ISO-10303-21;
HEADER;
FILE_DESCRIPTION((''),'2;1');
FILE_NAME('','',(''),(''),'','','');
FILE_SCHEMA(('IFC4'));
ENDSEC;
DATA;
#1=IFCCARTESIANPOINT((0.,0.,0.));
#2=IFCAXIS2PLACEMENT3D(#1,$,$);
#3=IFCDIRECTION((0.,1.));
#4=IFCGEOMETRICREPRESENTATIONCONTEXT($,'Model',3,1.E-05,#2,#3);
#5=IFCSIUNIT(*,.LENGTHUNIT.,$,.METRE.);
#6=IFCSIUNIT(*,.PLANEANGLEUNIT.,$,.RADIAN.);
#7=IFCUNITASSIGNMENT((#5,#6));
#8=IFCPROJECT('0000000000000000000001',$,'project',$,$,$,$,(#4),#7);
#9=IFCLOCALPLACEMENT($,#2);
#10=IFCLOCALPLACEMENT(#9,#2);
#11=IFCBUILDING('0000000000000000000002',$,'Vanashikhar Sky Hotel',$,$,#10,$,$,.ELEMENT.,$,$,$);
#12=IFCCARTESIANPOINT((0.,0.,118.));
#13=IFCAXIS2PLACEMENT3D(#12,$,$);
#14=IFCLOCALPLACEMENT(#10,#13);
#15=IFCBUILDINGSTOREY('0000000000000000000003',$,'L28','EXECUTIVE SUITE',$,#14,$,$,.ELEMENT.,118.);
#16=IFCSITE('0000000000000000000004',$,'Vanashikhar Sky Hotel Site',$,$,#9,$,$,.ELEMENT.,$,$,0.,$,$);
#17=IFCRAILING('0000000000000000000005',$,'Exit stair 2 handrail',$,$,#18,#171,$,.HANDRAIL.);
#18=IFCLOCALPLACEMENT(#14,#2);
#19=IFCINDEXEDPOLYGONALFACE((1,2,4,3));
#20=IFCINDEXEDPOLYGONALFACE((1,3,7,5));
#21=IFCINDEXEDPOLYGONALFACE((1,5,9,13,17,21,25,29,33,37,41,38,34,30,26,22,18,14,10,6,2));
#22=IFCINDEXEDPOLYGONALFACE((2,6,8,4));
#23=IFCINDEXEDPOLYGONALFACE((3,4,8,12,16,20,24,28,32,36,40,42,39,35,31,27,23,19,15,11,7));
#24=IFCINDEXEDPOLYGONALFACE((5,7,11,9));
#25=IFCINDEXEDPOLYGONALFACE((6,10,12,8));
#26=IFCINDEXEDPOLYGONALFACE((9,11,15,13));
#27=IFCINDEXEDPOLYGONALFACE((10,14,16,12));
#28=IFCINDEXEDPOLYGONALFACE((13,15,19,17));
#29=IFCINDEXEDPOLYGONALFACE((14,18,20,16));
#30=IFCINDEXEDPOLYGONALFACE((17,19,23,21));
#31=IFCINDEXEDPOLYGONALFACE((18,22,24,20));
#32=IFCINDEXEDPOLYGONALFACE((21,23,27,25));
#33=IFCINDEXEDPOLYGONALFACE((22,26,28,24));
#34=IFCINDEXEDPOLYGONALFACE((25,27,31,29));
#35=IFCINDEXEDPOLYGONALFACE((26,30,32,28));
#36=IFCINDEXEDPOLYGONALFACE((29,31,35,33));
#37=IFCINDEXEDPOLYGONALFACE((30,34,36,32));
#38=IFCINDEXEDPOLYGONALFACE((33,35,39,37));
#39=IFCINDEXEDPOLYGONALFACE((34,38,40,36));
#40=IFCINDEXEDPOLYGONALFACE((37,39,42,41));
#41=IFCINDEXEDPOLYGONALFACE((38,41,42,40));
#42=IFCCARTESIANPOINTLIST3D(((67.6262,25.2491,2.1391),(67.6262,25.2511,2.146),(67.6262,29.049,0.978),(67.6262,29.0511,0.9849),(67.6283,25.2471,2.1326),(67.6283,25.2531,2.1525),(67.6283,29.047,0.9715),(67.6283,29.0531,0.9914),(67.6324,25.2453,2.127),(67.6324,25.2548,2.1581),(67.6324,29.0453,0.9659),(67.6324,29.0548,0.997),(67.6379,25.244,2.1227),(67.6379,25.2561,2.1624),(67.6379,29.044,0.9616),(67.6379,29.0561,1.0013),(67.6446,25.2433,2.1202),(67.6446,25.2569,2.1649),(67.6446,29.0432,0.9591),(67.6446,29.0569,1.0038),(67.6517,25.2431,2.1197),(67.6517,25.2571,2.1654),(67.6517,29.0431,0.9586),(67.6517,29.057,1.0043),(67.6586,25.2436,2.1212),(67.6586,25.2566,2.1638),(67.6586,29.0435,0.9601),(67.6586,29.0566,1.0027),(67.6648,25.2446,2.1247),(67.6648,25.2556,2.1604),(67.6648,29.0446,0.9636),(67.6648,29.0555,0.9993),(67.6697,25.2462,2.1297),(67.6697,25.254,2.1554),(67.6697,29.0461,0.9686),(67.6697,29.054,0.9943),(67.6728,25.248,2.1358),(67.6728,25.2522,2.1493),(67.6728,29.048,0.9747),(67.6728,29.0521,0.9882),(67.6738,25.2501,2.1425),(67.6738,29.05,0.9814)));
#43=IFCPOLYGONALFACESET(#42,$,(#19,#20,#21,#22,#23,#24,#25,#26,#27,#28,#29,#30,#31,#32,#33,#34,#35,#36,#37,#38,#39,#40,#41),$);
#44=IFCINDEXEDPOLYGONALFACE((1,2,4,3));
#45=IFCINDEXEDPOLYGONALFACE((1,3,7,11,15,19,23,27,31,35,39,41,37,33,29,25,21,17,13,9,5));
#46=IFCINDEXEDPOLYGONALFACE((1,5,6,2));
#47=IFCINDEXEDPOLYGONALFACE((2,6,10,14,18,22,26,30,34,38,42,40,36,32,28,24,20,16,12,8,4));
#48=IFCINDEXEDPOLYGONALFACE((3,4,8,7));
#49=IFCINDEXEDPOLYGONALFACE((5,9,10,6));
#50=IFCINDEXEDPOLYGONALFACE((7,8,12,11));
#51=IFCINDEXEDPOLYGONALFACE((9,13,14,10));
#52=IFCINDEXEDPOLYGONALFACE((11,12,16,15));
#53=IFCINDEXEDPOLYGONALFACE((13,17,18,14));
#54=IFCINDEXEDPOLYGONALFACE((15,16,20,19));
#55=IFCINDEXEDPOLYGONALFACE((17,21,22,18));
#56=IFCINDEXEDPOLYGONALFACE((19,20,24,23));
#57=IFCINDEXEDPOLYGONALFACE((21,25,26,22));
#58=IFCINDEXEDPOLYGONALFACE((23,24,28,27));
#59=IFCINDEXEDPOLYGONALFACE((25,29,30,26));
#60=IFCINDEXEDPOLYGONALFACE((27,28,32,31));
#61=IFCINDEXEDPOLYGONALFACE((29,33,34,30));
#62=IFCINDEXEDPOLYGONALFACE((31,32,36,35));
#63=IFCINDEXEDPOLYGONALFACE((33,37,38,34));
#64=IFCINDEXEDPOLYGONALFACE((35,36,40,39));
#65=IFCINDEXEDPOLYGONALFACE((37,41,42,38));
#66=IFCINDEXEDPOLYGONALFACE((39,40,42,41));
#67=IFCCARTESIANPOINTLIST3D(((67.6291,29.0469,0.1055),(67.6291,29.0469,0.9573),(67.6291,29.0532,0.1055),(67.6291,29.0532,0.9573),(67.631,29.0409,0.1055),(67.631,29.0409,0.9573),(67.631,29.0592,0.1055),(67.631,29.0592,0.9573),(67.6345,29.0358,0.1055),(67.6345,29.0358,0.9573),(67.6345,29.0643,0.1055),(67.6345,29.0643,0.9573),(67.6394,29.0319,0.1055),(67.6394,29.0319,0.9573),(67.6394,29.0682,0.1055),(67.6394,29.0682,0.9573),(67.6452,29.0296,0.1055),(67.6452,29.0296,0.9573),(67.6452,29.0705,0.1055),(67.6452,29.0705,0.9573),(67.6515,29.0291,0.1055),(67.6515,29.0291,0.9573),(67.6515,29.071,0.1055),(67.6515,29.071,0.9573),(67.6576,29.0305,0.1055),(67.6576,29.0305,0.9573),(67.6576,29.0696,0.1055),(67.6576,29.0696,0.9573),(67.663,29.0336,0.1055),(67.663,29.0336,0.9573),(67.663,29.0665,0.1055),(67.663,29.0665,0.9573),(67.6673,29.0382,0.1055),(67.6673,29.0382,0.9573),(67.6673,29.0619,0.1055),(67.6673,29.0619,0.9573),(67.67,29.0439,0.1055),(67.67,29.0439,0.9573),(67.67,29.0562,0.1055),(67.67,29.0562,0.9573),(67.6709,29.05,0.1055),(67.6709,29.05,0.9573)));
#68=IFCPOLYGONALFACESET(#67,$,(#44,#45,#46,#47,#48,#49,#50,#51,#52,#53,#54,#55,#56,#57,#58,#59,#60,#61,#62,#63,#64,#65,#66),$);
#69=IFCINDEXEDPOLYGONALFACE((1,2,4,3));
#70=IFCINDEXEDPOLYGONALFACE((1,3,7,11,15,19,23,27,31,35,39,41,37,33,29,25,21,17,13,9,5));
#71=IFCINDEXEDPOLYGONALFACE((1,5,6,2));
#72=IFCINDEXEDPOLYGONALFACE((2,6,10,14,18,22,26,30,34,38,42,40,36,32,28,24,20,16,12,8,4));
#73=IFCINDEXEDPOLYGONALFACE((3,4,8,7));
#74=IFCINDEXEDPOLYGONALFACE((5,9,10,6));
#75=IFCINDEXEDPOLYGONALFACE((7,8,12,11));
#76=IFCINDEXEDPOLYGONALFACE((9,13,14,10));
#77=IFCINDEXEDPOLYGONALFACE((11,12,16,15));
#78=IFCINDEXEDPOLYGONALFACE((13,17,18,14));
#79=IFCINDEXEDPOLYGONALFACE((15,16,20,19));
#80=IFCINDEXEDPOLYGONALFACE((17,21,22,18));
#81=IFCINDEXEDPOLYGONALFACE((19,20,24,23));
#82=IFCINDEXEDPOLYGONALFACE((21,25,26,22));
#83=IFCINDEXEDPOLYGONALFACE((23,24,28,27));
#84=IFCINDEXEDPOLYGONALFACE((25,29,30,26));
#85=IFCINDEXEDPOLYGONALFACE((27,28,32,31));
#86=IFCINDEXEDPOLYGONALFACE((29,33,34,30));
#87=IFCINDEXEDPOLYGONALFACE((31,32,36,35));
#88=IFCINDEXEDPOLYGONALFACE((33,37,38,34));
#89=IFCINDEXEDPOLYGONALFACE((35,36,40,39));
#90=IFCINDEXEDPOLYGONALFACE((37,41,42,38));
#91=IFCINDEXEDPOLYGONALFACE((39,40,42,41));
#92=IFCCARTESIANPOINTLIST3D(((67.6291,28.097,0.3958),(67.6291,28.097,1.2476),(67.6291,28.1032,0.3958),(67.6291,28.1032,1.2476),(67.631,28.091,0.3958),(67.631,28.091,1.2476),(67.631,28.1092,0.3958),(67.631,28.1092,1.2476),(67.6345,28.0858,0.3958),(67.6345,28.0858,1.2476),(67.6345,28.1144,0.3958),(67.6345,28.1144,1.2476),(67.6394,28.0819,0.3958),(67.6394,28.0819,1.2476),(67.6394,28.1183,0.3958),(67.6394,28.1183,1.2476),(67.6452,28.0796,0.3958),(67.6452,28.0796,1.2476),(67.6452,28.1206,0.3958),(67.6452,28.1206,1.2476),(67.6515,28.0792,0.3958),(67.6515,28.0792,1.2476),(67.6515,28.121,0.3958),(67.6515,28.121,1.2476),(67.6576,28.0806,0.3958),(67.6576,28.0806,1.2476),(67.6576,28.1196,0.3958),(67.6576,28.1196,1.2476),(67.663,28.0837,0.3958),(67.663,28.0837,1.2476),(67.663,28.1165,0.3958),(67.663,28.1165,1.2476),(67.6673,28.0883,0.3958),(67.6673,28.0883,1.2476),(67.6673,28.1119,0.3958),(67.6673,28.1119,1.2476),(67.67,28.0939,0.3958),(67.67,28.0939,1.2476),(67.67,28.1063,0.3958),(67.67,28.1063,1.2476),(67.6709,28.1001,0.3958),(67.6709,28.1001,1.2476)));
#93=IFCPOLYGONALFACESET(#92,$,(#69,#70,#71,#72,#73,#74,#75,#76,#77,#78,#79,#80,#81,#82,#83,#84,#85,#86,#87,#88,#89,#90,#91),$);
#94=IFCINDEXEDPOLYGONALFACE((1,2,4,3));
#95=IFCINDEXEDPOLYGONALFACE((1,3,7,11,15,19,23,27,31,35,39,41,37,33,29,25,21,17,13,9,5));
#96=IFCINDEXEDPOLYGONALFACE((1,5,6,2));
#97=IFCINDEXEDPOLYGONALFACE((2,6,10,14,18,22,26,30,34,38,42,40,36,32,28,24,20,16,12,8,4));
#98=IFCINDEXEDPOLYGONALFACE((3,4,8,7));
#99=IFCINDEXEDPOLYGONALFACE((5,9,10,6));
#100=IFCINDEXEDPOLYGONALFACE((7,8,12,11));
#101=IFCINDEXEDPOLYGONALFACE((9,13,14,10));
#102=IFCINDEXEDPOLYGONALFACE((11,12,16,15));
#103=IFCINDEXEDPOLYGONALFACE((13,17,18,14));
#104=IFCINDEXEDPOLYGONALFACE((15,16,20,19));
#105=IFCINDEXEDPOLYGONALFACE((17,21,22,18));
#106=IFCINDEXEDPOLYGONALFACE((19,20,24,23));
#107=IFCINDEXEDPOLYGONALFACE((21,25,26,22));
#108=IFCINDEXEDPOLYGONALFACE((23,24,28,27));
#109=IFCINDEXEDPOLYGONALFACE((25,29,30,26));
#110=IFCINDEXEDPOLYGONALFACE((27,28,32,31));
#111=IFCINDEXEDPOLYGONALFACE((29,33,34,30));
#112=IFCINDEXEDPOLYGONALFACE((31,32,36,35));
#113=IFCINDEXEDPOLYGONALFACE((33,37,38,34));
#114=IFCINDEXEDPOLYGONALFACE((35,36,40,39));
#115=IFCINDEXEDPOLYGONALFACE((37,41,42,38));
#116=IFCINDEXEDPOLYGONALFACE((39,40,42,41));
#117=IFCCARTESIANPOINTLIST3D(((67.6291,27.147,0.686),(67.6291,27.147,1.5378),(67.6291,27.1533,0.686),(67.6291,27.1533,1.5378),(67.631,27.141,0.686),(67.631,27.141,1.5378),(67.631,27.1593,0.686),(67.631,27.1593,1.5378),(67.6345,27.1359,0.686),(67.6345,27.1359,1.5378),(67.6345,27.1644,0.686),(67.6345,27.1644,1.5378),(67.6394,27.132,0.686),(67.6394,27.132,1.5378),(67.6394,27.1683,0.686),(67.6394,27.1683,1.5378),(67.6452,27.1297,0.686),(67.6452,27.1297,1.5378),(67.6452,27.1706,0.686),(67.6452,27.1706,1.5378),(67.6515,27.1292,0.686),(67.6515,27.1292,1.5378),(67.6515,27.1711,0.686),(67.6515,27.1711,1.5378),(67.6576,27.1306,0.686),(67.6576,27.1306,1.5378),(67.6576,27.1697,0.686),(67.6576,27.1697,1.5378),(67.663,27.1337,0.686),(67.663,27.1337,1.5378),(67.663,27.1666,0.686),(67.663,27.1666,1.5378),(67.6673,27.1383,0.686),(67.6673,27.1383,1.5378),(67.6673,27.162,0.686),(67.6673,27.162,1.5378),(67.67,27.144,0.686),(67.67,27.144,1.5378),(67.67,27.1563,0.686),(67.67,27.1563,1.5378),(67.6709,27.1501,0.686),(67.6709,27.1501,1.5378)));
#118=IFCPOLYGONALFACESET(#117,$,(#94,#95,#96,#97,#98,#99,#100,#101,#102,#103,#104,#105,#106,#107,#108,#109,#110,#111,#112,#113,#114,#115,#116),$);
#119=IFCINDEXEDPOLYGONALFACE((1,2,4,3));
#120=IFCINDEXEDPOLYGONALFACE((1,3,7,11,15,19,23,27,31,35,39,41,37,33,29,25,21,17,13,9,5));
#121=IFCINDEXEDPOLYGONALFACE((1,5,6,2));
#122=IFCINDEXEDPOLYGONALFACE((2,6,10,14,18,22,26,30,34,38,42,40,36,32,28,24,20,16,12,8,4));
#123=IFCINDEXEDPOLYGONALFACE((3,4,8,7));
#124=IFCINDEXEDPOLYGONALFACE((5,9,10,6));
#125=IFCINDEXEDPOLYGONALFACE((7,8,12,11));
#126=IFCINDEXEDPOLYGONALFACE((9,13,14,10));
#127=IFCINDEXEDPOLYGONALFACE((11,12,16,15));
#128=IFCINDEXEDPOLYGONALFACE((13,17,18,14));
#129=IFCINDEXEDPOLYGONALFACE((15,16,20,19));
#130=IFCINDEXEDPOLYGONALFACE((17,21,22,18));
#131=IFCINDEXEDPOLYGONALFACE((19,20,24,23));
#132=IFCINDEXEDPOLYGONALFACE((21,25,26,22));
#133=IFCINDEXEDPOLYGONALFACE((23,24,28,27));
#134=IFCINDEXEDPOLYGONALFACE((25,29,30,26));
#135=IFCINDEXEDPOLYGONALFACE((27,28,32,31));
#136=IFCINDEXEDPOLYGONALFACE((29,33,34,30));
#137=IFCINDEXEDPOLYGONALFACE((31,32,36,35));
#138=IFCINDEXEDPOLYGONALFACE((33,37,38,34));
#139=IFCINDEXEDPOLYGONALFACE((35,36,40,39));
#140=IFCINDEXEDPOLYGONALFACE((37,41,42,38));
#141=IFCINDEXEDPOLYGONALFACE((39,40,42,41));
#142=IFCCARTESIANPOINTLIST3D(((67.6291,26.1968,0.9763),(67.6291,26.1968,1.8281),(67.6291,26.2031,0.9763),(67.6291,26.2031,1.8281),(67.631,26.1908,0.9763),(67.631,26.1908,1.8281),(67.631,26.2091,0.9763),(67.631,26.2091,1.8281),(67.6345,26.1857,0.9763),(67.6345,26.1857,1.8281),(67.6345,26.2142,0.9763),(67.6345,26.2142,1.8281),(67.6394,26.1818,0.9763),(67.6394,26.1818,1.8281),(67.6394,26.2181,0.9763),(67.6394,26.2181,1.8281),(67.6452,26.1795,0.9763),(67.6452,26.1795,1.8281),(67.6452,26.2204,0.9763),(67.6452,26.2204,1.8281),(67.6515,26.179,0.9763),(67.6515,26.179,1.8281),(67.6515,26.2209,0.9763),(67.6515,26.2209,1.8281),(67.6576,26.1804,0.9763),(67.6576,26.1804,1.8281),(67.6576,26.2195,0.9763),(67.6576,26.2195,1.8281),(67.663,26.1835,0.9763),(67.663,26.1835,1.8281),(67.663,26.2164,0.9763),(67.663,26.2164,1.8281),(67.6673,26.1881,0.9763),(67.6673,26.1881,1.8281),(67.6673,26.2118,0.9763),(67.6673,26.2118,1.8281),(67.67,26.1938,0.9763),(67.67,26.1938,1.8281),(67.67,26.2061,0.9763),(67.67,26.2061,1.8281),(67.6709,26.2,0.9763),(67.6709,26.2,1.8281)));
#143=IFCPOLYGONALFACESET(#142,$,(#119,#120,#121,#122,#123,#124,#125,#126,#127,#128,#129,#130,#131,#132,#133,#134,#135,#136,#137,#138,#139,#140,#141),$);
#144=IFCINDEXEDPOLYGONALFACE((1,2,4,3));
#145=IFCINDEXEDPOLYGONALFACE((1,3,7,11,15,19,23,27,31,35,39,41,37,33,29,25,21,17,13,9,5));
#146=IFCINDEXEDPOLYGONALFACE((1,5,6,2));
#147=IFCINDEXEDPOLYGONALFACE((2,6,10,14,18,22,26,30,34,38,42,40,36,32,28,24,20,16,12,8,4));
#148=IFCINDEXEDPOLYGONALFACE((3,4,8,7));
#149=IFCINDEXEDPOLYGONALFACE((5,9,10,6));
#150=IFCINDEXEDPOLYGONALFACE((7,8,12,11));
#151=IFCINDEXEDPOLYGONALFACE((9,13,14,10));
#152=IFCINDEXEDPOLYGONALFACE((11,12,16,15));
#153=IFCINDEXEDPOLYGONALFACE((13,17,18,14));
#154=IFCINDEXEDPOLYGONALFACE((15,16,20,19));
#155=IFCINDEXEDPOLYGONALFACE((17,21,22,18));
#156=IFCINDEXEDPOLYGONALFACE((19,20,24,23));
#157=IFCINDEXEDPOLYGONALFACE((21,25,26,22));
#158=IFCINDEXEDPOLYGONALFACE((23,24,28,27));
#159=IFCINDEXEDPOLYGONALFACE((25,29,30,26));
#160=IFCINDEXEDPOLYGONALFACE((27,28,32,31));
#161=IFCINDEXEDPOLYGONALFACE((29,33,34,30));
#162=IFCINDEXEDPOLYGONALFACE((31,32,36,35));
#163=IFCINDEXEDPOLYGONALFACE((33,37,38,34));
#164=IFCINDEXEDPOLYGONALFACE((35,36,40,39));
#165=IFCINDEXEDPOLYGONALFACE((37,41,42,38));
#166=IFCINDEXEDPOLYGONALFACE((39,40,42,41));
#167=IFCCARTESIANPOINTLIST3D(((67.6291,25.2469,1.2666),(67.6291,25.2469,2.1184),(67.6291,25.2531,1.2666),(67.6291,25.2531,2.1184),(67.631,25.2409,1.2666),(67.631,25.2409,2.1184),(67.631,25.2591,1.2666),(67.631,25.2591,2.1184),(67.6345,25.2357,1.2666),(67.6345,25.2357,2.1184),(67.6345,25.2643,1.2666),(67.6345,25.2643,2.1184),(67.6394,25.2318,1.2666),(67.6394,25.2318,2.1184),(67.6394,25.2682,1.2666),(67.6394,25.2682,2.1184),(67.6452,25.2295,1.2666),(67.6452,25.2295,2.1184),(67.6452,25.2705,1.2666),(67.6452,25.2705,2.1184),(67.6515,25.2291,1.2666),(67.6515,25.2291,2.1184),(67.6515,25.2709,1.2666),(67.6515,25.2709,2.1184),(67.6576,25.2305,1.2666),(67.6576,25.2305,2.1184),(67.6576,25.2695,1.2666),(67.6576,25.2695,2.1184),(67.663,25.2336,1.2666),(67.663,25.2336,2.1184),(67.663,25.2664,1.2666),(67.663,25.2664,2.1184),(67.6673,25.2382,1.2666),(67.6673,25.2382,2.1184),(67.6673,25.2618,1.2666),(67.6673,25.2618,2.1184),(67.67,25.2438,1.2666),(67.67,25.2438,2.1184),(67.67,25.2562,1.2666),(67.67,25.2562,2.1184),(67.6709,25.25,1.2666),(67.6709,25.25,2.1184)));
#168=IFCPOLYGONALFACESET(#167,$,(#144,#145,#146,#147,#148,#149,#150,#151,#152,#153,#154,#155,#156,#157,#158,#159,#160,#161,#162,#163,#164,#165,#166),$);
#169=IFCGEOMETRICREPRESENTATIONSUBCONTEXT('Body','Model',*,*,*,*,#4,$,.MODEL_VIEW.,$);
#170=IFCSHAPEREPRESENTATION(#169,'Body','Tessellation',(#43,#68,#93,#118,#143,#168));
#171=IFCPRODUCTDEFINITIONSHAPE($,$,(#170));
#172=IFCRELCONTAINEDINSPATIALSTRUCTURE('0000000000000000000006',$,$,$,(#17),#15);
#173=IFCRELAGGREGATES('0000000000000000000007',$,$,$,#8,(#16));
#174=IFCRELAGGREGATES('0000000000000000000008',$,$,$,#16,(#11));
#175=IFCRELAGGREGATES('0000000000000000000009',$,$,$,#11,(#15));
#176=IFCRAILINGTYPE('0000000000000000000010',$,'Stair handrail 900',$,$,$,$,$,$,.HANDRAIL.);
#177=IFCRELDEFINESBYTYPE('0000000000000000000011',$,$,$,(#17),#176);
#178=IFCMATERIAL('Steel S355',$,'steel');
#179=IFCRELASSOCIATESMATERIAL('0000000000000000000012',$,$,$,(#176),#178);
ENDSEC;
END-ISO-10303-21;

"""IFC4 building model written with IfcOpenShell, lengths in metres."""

from ifc_helpers import new_model, si_unit, direction, frame, origin, origin_2d, place, context, subcontext, project, spatial, circle, extrude, source, transform, mapped, material, type_object, element, save


model = new_model("IFC4")

# Units and contexts
model_context = context("Model", 3, precision=1e-05, world=origin(), true_north=direction((0.0, 1.0)))
body_context = subcontext(model_context, "Body", "Model", "MODEL_VIEW")
ifc_project = project(units=[si_unit("LENGTHUNIT", "METRE"), si_unit("PLANEANGLEUNIT", "RADIAN")], contexts=[model_context])

# Site, building, storey
site_placement = place(None, origin())
site = spatial("IfcSite", under=ifc_project, at=site_placement, Name="Vanashikhar Sky Hotel Site", CompositionType="ELEMENT", RefElevation=0.0)
building_placement = place(site_placement, origin())
building = spatial("IfcBuilding", under=site, at=building_placement, Name="Vanashikhar Sky Hotel", CompositionType="ELEMENT")
storey_placement = place(building_placement, frame((0.0, 0.0, 118.0)))
storey = spatial("IfcBuildingStorey", under=building, at=storey_placement, Name="L28", Description="EXECUTIVE SUITE", CompositionType="ELEMENT", Elevation=118.0)

# Railing
ifc_material_1 = material(Name="Steel S355", Category="steel")
railing_type_1 = type_object("IfcRailingType", Name="Stair handrail 900", PredefinedType="HANDRAIL", material=ifc_material_1)
shared_shape_1 = source(origin(), body_context, "Body", "SweptSolid", [
    extrude(circle(Radius=0.0239, at=origin_2d()), frame((0.0, 0.0, 0.876), z_axis=(0.0, -0.956351, 0.29222), x_axis=(1.0, 0.0, 0.0)), (0.0, 0.0, 1.0), 3.9734),
    extrude(circle(Radius=0.021, at=origin_2d()), origin(), (0.0, 0.0, 1.0), 0.8518),
    extrude(circle(Radius=0.021, at=origin_2d()), frame((0.0, -0.95, 0.2903)), (0.0, 0.0, 1.0), 0.8518),
    extrude(circle(Radius=0.021, at=origin_2d()), frame((0.0, -1.8999, 0.5806)), (0.0, 0.0, 1.0), 0.8518),
    extrude(circle(Radius=0.021, at=origin_2d()), frame((0.0, -2.8501, 0.8708)), (0.0, 0.0, 1.0), 0.8518),
    extrude(circle(Radius=0.021, at=origin_2d()), frame((0.0, -3.8, 1.1611)), (0.0, 0.0, 1.0), 0.8518),
])
for number, where, name in (
    (1, (67.6499, 29.05, 0.1055), "Exit stair 2 handrail"),
):
    element("IfcRailing", number, at=place(storey_placement, frame(where)), inside=storey, type_object=railing_type_1, Name=name, PredefinedType="HANDRAIL", context=body_context, shape_type="MappedRepresentation", body=[
        mapped(shared_shape_1, transform((0.0, 0.0, 0.0), scale=1.0)),
    ])

save(model, "model.ifc")
